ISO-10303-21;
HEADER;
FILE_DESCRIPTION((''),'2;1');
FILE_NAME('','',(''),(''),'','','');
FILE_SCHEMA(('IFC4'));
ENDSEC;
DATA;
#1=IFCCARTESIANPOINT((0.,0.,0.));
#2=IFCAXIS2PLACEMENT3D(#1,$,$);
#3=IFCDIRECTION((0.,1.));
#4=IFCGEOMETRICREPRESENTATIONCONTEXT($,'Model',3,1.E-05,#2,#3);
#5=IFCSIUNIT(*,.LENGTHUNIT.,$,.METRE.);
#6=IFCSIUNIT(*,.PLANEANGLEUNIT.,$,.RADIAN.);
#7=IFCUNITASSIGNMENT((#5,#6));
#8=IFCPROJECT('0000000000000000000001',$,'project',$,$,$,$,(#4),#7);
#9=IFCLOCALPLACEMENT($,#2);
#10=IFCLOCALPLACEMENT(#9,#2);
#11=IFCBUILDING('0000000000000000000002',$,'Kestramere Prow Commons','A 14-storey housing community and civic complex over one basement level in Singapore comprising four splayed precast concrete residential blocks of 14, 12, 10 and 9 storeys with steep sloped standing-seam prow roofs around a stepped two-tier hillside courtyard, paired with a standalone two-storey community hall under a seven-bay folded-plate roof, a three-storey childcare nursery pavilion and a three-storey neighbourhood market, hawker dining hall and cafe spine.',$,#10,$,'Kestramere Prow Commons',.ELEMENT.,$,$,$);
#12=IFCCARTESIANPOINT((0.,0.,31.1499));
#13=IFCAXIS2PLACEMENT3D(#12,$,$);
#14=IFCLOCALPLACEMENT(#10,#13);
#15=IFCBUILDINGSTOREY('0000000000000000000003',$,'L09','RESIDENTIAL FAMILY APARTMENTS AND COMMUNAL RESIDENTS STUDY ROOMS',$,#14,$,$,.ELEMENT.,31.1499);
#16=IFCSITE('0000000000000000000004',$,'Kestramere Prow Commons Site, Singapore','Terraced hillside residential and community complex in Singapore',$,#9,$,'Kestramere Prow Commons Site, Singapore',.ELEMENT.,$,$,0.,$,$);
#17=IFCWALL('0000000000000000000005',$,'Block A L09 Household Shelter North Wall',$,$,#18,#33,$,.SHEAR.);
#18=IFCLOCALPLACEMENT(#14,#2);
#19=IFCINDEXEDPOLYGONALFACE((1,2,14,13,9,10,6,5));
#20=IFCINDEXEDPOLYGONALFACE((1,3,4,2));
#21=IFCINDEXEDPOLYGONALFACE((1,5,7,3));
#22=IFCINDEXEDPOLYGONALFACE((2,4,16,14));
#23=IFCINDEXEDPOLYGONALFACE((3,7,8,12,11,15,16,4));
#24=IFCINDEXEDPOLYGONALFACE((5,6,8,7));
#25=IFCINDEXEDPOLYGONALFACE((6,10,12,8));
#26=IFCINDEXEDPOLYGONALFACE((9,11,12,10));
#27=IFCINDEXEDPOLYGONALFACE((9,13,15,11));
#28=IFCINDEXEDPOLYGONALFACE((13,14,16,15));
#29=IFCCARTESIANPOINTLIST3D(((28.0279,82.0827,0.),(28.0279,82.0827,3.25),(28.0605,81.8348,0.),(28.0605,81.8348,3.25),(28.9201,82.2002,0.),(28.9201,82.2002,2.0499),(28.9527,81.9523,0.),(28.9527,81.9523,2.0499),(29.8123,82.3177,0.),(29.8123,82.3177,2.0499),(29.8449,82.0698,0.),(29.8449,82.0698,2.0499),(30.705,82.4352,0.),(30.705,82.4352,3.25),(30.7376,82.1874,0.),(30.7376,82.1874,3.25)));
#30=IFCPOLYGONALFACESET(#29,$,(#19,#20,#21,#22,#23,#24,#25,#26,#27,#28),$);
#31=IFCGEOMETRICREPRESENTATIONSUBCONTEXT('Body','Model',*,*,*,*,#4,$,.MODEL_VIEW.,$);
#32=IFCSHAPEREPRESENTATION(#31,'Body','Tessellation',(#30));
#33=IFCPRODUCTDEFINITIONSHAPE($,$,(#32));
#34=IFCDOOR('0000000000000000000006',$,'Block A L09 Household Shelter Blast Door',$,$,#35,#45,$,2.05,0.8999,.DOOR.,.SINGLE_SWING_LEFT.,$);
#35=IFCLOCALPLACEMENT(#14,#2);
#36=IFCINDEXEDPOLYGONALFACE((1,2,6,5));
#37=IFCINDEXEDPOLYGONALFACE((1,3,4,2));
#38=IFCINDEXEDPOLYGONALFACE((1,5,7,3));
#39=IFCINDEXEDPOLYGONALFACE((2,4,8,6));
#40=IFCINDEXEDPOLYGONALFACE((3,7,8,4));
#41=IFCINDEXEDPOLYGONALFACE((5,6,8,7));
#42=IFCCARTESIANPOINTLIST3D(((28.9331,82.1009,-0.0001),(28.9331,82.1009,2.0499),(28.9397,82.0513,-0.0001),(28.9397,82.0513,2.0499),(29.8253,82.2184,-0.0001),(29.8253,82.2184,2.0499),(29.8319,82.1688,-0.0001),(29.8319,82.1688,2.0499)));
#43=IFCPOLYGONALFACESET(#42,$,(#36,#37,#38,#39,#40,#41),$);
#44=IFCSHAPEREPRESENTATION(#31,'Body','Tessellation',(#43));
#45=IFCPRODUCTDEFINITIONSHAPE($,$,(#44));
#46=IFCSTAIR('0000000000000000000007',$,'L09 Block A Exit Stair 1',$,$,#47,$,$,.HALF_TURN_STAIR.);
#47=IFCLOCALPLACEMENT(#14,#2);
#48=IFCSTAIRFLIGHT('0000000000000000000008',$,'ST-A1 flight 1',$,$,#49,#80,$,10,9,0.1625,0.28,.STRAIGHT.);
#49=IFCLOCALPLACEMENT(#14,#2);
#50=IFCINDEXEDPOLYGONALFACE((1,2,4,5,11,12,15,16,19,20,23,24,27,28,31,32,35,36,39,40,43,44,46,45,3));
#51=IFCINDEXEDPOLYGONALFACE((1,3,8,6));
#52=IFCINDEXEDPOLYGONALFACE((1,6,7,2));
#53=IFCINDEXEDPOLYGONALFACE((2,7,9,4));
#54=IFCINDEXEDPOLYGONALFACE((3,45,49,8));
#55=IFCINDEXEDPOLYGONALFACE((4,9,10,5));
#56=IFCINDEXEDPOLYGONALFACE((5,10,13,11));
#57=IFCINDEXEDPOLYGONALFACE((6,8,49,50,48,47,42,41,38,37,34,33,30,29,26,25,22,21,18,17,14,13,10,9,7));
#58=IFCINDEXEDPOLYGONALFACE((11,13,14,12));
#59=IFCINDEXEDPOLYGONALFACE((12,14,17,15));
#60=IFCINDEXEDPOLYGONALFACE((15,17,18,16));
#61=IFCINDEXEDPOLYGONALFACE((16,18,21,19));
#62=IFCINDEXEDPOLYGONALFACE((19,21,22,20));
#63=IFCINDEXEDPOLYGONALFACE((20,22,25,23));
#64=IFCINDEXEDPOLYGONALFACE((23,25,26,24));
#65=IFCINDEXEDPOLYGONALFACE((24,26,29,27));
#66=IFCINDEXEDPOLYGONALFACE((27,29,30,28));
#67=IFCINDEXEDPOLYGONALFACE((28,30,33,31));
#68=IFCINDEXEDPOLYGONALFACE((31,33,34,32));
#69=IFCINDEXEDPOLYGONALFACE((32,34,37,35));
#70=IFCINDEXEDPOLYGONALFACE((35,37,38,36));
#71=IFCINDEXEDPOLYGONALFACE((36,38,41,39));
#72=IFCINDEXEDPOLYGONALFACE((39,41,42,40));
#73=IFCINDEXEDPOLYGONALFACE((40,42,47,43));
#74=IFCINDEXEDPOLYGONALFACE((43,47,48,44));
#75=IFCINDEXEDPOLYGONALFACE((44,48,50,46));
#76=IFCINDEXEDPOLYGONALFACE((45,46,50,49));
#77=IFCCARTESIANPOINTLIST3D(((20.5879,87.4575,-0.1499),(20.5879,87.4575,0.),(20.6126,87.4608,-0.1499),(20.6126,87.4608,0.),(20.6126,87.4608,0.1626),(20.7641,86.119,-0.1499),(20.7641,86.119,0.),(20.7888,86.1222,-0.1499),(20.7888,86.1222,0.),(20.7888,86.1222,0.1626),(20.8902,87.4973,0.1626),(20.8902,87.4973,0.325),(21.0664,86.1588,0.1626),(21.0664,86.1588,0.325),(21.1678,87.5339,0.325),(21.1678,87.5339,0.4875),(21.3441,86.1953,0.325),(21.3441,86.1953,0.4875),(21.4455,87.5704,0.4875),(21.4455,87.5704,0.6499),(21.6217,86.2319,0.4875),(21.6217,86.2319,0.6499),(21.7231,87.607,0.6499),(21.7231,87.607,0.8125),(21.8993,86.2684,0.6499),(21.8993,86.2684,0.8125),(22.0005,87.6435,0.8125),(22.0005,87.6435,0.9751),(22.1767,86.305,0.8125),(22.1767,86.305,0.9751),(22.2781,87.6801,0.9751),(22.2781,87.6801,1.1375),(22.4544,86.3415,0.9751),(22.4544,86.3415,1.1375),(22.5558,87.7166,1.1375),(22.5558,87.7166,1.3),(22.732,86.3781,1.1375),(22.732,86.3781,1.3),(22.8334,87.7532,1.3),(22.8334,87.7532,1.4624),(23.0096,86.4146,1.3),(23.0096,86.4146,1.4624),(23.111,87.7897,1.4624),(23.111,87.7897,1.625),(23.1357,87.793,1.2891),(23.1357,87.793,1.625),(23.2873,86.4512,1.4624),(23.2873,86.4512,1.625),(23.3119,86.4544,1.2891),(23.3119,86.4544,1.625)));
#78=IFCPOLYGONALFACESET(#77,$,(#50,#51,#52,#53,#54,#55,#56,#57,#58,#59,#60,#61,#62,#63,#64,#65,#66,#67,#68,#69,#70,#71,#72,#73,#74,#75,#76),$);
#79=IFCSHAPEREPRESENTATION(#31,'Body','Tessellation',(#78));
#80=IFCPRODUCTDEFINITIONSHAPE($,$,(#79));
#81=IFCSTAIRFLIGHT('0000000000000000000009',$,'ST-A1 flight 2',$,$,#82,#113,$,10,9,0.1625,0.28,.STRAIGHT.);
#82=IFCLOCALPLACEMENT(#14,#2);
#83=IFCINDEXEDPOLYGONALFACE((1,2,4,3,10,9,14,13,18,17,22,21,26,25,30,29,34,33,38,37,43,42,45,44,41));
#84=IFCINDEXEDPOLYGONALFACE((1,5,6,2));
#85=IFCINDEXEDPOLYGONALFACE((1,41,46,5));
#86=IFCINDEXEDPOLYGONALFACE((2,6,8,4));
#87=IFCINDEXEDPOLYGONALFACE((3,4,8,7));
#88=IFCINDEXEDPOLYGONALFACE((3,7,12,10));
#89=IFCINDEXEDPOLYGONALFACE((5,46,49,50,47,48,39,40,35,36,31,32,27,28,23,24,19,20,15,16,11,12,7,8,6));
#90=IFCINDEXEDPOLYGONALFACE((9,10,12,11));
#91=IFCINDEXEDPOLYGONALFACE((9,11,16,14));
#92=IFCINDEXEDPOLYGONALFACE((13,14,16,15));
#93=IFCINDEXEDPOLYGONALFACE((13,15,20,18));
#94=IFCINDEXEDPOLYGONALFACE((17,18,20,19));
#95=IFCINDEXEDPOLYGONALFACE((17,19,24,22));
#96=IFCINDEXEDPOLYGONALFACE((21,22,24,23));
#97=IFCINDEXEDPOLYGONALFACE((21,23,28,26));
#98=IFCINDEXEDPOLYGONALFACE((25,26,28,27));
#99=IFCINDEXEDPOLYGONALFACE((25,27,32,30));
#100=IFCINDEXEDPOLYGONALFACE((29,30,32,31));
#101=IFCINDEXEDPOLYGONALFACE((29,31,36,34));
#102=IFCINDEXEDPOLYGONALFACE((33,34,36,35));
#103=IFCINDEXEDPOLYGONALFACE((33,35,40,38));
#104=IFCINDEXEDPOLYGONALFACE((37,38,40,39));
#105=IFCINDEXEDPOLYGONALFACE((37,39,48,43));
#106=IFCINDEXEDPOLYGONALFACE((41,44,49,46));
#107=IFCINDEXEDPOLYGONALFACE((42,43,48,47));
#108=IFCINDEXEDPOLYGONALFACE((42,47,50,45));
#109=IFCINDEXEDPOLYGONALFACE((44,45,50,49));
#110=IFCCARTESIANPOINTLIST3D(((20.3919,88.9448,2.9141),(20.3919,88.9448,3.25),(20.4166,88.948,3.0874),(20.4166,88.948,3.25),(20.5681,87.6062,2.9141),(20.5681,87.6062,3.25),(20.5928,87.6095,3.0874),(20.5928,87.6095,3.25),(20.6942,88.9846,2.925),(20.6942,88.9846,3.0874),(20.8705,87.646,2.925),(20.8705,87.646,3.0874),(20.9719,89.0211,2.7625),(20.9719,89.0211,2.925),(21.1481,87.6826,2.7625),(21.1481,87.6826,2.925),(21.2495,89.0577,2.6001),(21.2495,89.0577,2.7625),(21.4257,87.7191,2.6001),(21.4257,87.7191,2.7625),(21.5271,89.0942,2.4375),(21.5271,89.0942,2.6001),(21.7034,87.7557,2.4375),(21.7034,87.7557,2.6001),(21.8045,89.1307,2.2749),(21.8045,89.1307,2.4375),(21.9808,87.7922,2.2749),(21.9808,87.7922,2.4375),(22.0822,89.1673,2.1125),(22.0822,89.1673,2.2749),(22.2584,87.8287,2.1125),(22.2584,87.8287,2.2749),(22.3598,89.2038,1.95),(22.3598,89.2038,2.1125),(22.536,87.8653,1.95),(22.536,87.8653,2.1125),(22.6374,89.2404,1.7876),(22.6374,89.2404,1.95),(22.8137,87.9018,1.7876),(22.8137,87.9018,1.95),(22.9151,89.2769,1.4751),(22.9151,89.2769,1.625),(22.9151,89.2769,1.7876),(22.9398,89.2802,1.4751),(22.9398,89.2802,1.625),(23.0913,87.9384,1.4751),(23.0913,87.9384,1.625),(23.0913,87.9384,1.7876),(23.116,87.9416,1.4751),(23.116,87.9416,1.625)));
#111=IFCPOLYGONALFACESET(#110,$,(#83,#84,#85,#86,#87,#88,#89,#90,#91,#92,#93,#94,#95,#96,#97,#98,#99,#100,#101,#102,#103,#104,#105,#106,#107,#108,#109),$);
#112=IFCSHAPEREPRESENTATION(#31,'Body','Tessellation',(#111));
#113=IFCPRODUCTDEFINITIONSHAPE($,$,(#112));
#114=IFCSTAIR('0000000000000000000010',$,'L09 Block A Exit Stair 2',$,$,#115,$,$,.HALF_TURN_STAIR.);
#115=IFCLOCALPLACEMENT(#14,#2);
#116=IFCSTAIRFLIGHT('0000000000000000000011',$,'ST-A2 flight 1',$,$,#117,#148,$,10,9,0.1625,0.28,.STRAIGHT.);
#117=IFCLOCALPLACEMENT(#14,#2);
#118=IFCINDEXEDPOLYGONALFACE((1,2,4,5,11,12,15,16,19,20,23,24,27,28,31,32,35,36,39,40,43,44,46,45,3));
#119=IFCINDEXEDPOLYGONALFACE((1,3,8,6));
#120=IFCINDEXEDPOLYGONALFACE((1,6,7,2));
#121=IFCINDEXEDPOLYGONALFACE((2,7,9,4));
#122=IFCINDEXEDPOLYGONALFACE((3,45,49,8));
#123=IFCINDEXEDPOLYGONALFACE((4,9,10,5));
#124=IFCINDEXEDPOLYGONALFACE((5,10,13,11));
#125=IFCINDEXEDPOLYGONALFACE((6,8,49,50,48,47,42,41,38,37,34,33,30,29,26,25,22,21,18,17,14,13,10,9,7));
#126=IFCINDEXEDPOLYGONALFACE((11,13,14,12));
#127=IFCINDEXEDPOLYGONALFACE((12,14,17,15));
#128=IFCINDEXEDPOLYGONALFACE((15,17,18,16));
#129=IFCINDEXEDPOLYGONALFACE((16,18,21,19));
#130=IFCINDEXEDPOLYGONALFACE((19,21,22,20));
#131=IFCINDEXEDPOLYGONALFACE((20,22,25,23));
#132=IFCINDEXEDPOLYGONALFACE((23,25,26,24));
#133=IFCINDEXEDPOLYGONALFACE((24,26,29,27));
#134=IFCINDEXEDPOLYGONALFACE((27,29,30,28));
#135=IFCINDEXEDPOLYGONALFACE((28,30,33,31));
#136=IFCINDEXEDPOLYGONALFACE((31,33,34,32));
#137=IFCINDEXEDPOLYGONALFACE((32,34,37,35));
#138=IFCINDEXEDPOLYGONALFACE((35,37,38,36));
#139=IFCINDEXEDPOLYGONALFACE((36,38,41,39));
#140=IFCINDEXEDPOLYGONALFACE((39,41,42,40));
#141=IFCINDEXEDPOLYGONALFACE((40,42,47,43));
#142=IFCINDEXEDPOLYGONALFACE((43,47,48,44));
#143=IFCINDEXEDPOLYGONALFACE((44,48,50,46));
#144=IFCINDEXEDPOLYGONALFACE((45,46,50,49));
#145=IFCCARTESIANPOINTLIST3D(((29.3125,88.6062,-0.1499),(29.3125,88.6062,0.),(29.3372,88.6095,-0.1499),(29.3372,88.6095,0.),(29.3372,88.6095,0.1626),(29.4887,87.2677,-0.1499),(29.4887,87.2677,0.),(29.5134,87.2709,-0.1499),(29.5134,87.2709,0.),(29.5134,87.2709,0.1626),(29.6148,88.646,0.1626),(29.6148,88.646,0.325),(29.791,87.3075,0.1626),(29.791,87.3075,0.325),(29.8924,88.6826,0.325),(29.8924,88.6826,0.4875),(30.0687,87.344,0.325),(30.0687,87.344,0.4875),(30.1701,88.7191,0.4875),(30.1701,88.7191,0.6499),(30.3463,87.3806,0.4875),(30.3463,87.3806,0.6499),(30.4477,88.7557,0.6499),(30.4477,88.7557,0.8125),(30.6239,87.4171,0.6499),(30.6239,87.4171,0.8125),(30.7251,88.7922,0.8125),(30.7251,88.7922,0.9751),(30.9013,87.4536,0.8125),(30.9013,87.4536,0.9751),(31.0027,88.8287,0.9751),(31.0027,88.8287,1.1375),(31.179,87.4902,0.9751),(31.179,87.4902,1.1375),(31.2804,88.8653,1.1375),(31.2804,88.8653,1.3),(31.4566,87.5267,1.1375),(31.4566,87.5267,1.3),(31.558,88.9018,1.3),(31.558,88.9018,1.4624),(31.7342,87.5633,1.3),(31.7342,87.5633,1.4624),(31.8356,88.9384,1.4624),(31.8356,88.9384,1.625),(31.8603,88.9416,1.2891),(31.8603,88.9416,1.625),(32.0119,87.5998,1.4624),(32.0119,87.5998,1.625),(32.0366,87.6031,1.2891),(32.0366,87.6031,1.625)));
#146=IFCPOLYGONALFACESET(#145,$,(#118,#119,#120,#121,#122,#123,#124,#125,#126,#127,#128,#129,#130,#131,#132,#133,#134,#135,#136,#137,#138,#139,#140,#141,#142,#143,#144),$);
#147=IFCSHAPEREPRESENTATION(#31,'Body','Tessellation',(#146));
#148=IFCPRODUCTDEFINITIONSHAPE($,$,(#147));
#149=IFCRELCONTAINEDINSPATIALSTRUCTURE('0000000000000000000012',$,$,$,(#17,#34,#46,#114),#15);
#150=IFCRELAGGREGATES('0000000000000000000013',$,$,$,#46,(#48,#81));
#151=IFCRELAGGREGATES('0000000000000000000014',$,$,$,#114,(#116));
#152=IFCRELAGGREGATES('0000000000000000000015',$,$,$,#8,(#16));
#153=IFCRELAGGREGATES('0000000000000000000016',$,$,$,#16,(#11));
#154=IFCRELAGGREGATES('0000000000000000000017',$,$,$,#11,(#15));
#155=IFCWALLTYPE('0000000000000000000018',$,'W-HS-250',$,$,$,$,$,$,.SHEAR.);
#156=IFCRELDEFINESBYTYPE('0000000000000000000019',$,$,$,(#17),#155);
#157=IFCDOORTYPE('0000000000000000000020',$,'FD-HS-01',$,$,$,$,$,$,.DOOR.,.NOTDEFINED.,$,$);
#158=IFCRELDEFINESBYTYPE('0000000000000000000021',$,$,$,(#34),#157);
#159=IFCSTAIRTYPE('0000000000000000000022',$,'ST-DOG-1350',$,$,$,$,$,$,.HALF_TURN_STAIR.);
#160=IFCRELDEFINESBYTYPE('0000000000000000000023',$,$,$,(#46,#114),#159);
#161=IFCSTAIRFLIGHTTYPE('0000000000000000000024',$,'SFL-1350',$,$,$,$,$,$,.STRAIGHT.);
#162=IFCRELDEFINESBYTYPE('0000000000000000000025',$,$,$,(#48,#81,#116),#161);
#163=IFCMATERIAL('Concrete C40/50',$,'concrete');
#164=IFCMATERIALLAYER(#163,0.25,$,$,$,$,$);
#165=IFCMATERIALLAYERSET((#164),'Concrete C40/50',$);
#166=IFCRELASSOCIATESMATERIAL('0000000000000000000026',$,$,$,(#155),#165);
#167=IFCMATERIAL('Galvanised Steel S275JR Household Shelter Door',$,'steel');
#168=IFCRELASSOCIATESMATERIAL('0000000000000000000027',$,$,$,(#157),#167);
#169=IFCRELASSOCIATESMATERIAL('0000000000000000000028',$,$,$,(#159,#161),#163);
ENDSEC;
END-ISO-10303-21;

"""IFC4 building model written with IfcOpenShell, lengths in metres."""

from ifc_helpers import new_model, si_unit, direction, frame, frame_2d, origin, place, context, subcontext, project, spatial, polyline, rectangle, outline, extrude, material, layer, layer_set, type_object, element, fill, aggregate, save


model = new_model("IFC4")

# Units and contexts
model_context = context("Model", 3, precision=1e-05, world=origin(), true_north=direction((0.0, 1.0)))
body_context = subcontext(model_context, "Body", "Model", "MODEL_VIEW")
ifc_project = project(units=[si_unit("LENGTHUNIT", "METRE"), si_unit("PLANEANGLEUNIT", "RADIAN")], contexts=[model_context])

# Site, building, storey
site_placement = place(None, origin())
site = spatial("IfcSite", under=ifc_project, at=site_placement, Name="Kestramere Prow Commons Site, Singapore", Description="Terraced hillside residential and community complex in Singapore", LongName="Kestramere Prow Commons Site, Singapore", CompositionType="ELEMENT", RefElevation=0.0)
building_placement = place(site_placement, origin())
building = spatial("IfcBuilding", under=site, at=building_placement, Name="Kestramere Prow Commons", Description="A 14-storey housing community and civic complex over one basement level in Singapore comprising four splayed precast concrete residential blocks of 14, 12, 10 and 9 storeys with steep sloped standing-seam prow roofs around a stepped two-tier hillside courtyard, paired with a standalone two-storey community hall under a seven-bay folded-plate roof, a three-storey childcare nursery pavilion and a three-storey neighbourhood market, hawker dining hall and cafe spine.", LongName="Kestramere Prow Commons", CompositionType="ELEMENT")
storey_placement = place(building_placement, frame((0.0, 0.0, 31.1499)))
storey = spatial("IfcBuildingStorey", under=building, at=storey_placement, Name="L09", Description="RESIDENTIAL FAMILY APARTMENTS AND COMMUNAL RESIDENTS STUDY ROOMS", CompositionType="ELEMENT", Elevation=31.1499)

# Shared definitions
ifc_material_1 = material(Name="Concrete C40/50", Category="concrete")

# Wall, opening, door
ifc_layer_1 = layer(ifc_material_1, 0.25)
ifc_layer_set_1 = layer_set([ifc_layer_1], Name="Concrete C40/50")
wall_type_1 = type_object("IfcWallType", Name="W-HS-250", PredefinedType="SHEAR", material=ifc_layer_set_1)
wall_1_placement = place(storey_placement, frame((28.0442, 81.9587, 0.0), z_axis=(0.0, 0.0, 1.0), x_axis=(0.99144, 0.130564, 0.0)))
wall_1 = element("IfcWall", 1, at=wall_1_placement, inside=storey, type_object=wall_type_1, Name="Block A L09 Household Shelter North Wall", PredefinedType="SHEAR", context=body_context, shape_type="SweptSolid", body=[
    extrude(rectangle(XDim=2.7002, YDim=0.25, at=frame_2d((1.3501, 0.0))), origin(), (0.0, 0.0, 1.0), 3.25),
])
opening_1_placement = place(wall_1_placement, frame((0.8999, 0.0, 0.0)))
opening_1 = element("IfcOpeningElement", 2, at=opening_1_placement, cuts=wall_1, PredefinedType="OPENING", context=body_context, shape_type="SweptSolid", body=[
    extrude(rectangle(XDim=0.8999, YDim=2.05, at=frame_2d((0.45, 1.0249))), frame((0.0, 0.1399, 0.0), z_axis=(0.0, -1.0, 0.0), x_axis=(1.0, 0.0, 0.0)), (0.0, 0.0, 1.0), 0.28),
])
ifc_material_2 = material(Name="Galvanised Steel S275JR Household Shelter Door", Category="steel")
door_type_1 = type_object("IfcDoorType", Name="FD-HS-01", OperationType="NOTDEFINED", PredefinedType="DOOR", material=ifc_material_2)
door_1_placement = place(opening_1_placement, origin())
door_1 = element("IfcDoor", 3, at=door_1_placement, inside=storey, type_object=door_type_1, Name="Block A L09 Household Shelter Blast Door", OperationType="SINGLE_SWING_LEFT", OverallHeight=2.05, OverallWidth=0.8999, PredefinedType="DOOR", context=body_context, shape_type="SweptSolid", body=[
    extrude(rectangle(XDim=0.8999, YDim=2.05, at=frame_2d((0.45, 1.0249))), frame((0.0, 0.0249, 0.0), z_axis=(0.0, -1.0, 0.0), x_axis=(1.0, 0.0, 0.0)), (0.0, 0.0, 1.0), 0.05),
])
fill(opening_1, door_1)

# Stair, stair flights
stair_type = type_object("IfcStairType", Name="ST-DOG-1350", PredefinedType="HALF_TURN_STAIR", material=ifc_material_1)
stair_1_placement = place(storey_placement, origin())
stair_1 = element("IfcStair", 4, at=stair_1_placement, inside=storey, type_object=stair_type, Name="L09 Block A Exit Stair 1", PredefinedType="HALF_TURN_STAIR")
stair_flight_type = type_object("IfcStairFlightType", Name="SFL-1350", PredefinedType="STRAIGHT", material=ifc_material_1)
stair_flight_1_placement = place(storey_placement, frame((20.7007, 86.7915, 0.0), z_axis=(0.0, 0.0, 1.0), x_axis=(0.991445, 0.130526, 0.0)))
stair_flight_1 = element("IfcStairFlight", 5, at=stair_flight_1_placement, type_object=stair_flight_type, Name="ST-A1 flight 1", NumberOfRisers=10, NumberOfTreads=9, PredefinedType="STRAIGHT", RiserHeight=0.1625, TreadLength=0.28, context=body_context, shape_type="SweptSolid", body=[
    extrude(outline(polyline([(-0.0249, 0.0), (0.0, 0.0), (0.0, 0.1626), (0.28, 0.1626), (0.28, 0.325), (0.5601, 0.325), (0.5601, 0.4875), (0.8401, 0.4875), (0.8401, 0.6499), (1.1201, 0.6499), (1.1201, 0.8125), (1.3999, 0.8125), (1.3999, 0.9751), (1.6799, 0.9751), (1.6799, 1.1375), (1.96, 1.1375), (1.96, 1.3), (2.24, 1.3), (2.24, 1.4624), (2.52, 1.4624), (2.52, 1.625), (2.5449, 1.625), (2.5449, 1.2891), (0.0, -0.1499), (-0.0249, -0.1499), (-0.0249, 0.0)])), frame((0.0, 0.675, 0.0), z_axis=(0.0, -1.0, 0.0), x_axis=(1.0, 0.0, 0.0)), (0.0, 0.0, 1.0), 1.3501),
])
stair_flight_2_placement = place(storey_placement, frame((23.0032, 88.6077, 1.625), z_axis=(0.0, 0.0, 1.0), x_axis=(-0.991445, -0.130526, 0.0)))
stair_flight_2 = element("IfcStairFlight", 6, at=stair_flight_2_placement, type_object=stair_flight_type, Name="ST-A1 flight 2", NumberOfRisers=10, NumberOfTreads=9, PredefinedType="STRAIGHT", RiserHeight=0.1625, TreadLength=0.28, context=body_context, shape_type="SweptSolid", body=[
    extrude(outline(polyline([(-0.0249, 0.0), (0.0, 0.0), (0.0, 0.1626), (0.28, 0.1626), (0.28, 0.325), (0.5601, 0.325), (0.5601, 0.4875), (0.8401, 0.4875), (0.8401, 0.6499), (1.1201, 0.6499), (1.1201, 0.8125), (1.3999, 0.8125), (1.3999, 0.9751), (1.6799, 0.9751), (1.6799, 1.1375), (1.96, 1.1375), (1.96, 1.3), (2.24, 1.3), (2.24, 1.4624), (2.52, 1.4624), (2.52, 1.625), (2.5449, 1.625), (2.5449, 1.2891), (0.0, -0.1499), (-0.0249, -0.1499), (-0.0249, 0.0)])), frame((0.0, 0.675, 0.0), z_axis=(0.0, -1.0, 0.0), x_axis=(1.0, 0.0, 0.0)), (0.0, 0.0, 1.0), 1.3501),
])
aggregate(stair_1, [stair_flight_1, stair_flight_2])

# Stair, stair flight
stair_2_placement = place(storey_placement, origin())
stair_2 = element("IfcStair", 7, at=stair_2_placement, inside=storey, type_object=stair_type, Name="L09 Block A Exit Stair 2", PredefinedType="HALF_TURN_STAIR")
stair_flight_3_placement = place(storey_placement, frame((29.4253, 87.9402, 0.0), z_axis=(0.0, 0.0, 1.0), x_axis=(0.991445, 0.130526, 0.0)))
stair_flight_3 = element("IfcStairFlight", 8, at=stair_flight_3_placement, type_object=stair_flight_type, Name="ST-A2 flight 1", NumberOfRisers=10, NumberOfTreads=9, PredefinedType="STRAIGHT", RiserHeight=0.1625, TreadLength=0.28, context=body_context, shape_type="SweptSolid", body=[
    extrude(outline(polyline([(-0.0249, 0.0), (0.0, 0.0), (0.0, 0.1626), (0.28, 0.1626), (0.28, 0.325), (0.5601, 0.325), (0.5601, 0.4875), (0.8401, 0.4875), (0.8401, 0.6499), (1.1201, 0.6499), (1.1201, 0.8125), (1.3999, 0.8125), (1.3999, 0.9751), (1.6799, 0.9751), (1.6799, 1.1375), (1.96, 1.1375), (1.96, 1.3), (2.24, 1.3), (2.24, 1.4624), (2.52, 1.4624), (2.52, 1.625), (2.5449, 1.625), (2.5449, 1.2891), (0.0, -0.1499), (-0.0249, -0.1499), (-0.0249, 0.0)])), frame((0.0, 0.675, 0.0), z_axis=(0.0, -1.0, 0.0), x_axis=(1.0, 0.0, 0.0)), (0.0, 0.0, 1.0), 1.3501),
])
aggregate(stair_2, [stair_flight_3])

save(model, "model.ifc")
